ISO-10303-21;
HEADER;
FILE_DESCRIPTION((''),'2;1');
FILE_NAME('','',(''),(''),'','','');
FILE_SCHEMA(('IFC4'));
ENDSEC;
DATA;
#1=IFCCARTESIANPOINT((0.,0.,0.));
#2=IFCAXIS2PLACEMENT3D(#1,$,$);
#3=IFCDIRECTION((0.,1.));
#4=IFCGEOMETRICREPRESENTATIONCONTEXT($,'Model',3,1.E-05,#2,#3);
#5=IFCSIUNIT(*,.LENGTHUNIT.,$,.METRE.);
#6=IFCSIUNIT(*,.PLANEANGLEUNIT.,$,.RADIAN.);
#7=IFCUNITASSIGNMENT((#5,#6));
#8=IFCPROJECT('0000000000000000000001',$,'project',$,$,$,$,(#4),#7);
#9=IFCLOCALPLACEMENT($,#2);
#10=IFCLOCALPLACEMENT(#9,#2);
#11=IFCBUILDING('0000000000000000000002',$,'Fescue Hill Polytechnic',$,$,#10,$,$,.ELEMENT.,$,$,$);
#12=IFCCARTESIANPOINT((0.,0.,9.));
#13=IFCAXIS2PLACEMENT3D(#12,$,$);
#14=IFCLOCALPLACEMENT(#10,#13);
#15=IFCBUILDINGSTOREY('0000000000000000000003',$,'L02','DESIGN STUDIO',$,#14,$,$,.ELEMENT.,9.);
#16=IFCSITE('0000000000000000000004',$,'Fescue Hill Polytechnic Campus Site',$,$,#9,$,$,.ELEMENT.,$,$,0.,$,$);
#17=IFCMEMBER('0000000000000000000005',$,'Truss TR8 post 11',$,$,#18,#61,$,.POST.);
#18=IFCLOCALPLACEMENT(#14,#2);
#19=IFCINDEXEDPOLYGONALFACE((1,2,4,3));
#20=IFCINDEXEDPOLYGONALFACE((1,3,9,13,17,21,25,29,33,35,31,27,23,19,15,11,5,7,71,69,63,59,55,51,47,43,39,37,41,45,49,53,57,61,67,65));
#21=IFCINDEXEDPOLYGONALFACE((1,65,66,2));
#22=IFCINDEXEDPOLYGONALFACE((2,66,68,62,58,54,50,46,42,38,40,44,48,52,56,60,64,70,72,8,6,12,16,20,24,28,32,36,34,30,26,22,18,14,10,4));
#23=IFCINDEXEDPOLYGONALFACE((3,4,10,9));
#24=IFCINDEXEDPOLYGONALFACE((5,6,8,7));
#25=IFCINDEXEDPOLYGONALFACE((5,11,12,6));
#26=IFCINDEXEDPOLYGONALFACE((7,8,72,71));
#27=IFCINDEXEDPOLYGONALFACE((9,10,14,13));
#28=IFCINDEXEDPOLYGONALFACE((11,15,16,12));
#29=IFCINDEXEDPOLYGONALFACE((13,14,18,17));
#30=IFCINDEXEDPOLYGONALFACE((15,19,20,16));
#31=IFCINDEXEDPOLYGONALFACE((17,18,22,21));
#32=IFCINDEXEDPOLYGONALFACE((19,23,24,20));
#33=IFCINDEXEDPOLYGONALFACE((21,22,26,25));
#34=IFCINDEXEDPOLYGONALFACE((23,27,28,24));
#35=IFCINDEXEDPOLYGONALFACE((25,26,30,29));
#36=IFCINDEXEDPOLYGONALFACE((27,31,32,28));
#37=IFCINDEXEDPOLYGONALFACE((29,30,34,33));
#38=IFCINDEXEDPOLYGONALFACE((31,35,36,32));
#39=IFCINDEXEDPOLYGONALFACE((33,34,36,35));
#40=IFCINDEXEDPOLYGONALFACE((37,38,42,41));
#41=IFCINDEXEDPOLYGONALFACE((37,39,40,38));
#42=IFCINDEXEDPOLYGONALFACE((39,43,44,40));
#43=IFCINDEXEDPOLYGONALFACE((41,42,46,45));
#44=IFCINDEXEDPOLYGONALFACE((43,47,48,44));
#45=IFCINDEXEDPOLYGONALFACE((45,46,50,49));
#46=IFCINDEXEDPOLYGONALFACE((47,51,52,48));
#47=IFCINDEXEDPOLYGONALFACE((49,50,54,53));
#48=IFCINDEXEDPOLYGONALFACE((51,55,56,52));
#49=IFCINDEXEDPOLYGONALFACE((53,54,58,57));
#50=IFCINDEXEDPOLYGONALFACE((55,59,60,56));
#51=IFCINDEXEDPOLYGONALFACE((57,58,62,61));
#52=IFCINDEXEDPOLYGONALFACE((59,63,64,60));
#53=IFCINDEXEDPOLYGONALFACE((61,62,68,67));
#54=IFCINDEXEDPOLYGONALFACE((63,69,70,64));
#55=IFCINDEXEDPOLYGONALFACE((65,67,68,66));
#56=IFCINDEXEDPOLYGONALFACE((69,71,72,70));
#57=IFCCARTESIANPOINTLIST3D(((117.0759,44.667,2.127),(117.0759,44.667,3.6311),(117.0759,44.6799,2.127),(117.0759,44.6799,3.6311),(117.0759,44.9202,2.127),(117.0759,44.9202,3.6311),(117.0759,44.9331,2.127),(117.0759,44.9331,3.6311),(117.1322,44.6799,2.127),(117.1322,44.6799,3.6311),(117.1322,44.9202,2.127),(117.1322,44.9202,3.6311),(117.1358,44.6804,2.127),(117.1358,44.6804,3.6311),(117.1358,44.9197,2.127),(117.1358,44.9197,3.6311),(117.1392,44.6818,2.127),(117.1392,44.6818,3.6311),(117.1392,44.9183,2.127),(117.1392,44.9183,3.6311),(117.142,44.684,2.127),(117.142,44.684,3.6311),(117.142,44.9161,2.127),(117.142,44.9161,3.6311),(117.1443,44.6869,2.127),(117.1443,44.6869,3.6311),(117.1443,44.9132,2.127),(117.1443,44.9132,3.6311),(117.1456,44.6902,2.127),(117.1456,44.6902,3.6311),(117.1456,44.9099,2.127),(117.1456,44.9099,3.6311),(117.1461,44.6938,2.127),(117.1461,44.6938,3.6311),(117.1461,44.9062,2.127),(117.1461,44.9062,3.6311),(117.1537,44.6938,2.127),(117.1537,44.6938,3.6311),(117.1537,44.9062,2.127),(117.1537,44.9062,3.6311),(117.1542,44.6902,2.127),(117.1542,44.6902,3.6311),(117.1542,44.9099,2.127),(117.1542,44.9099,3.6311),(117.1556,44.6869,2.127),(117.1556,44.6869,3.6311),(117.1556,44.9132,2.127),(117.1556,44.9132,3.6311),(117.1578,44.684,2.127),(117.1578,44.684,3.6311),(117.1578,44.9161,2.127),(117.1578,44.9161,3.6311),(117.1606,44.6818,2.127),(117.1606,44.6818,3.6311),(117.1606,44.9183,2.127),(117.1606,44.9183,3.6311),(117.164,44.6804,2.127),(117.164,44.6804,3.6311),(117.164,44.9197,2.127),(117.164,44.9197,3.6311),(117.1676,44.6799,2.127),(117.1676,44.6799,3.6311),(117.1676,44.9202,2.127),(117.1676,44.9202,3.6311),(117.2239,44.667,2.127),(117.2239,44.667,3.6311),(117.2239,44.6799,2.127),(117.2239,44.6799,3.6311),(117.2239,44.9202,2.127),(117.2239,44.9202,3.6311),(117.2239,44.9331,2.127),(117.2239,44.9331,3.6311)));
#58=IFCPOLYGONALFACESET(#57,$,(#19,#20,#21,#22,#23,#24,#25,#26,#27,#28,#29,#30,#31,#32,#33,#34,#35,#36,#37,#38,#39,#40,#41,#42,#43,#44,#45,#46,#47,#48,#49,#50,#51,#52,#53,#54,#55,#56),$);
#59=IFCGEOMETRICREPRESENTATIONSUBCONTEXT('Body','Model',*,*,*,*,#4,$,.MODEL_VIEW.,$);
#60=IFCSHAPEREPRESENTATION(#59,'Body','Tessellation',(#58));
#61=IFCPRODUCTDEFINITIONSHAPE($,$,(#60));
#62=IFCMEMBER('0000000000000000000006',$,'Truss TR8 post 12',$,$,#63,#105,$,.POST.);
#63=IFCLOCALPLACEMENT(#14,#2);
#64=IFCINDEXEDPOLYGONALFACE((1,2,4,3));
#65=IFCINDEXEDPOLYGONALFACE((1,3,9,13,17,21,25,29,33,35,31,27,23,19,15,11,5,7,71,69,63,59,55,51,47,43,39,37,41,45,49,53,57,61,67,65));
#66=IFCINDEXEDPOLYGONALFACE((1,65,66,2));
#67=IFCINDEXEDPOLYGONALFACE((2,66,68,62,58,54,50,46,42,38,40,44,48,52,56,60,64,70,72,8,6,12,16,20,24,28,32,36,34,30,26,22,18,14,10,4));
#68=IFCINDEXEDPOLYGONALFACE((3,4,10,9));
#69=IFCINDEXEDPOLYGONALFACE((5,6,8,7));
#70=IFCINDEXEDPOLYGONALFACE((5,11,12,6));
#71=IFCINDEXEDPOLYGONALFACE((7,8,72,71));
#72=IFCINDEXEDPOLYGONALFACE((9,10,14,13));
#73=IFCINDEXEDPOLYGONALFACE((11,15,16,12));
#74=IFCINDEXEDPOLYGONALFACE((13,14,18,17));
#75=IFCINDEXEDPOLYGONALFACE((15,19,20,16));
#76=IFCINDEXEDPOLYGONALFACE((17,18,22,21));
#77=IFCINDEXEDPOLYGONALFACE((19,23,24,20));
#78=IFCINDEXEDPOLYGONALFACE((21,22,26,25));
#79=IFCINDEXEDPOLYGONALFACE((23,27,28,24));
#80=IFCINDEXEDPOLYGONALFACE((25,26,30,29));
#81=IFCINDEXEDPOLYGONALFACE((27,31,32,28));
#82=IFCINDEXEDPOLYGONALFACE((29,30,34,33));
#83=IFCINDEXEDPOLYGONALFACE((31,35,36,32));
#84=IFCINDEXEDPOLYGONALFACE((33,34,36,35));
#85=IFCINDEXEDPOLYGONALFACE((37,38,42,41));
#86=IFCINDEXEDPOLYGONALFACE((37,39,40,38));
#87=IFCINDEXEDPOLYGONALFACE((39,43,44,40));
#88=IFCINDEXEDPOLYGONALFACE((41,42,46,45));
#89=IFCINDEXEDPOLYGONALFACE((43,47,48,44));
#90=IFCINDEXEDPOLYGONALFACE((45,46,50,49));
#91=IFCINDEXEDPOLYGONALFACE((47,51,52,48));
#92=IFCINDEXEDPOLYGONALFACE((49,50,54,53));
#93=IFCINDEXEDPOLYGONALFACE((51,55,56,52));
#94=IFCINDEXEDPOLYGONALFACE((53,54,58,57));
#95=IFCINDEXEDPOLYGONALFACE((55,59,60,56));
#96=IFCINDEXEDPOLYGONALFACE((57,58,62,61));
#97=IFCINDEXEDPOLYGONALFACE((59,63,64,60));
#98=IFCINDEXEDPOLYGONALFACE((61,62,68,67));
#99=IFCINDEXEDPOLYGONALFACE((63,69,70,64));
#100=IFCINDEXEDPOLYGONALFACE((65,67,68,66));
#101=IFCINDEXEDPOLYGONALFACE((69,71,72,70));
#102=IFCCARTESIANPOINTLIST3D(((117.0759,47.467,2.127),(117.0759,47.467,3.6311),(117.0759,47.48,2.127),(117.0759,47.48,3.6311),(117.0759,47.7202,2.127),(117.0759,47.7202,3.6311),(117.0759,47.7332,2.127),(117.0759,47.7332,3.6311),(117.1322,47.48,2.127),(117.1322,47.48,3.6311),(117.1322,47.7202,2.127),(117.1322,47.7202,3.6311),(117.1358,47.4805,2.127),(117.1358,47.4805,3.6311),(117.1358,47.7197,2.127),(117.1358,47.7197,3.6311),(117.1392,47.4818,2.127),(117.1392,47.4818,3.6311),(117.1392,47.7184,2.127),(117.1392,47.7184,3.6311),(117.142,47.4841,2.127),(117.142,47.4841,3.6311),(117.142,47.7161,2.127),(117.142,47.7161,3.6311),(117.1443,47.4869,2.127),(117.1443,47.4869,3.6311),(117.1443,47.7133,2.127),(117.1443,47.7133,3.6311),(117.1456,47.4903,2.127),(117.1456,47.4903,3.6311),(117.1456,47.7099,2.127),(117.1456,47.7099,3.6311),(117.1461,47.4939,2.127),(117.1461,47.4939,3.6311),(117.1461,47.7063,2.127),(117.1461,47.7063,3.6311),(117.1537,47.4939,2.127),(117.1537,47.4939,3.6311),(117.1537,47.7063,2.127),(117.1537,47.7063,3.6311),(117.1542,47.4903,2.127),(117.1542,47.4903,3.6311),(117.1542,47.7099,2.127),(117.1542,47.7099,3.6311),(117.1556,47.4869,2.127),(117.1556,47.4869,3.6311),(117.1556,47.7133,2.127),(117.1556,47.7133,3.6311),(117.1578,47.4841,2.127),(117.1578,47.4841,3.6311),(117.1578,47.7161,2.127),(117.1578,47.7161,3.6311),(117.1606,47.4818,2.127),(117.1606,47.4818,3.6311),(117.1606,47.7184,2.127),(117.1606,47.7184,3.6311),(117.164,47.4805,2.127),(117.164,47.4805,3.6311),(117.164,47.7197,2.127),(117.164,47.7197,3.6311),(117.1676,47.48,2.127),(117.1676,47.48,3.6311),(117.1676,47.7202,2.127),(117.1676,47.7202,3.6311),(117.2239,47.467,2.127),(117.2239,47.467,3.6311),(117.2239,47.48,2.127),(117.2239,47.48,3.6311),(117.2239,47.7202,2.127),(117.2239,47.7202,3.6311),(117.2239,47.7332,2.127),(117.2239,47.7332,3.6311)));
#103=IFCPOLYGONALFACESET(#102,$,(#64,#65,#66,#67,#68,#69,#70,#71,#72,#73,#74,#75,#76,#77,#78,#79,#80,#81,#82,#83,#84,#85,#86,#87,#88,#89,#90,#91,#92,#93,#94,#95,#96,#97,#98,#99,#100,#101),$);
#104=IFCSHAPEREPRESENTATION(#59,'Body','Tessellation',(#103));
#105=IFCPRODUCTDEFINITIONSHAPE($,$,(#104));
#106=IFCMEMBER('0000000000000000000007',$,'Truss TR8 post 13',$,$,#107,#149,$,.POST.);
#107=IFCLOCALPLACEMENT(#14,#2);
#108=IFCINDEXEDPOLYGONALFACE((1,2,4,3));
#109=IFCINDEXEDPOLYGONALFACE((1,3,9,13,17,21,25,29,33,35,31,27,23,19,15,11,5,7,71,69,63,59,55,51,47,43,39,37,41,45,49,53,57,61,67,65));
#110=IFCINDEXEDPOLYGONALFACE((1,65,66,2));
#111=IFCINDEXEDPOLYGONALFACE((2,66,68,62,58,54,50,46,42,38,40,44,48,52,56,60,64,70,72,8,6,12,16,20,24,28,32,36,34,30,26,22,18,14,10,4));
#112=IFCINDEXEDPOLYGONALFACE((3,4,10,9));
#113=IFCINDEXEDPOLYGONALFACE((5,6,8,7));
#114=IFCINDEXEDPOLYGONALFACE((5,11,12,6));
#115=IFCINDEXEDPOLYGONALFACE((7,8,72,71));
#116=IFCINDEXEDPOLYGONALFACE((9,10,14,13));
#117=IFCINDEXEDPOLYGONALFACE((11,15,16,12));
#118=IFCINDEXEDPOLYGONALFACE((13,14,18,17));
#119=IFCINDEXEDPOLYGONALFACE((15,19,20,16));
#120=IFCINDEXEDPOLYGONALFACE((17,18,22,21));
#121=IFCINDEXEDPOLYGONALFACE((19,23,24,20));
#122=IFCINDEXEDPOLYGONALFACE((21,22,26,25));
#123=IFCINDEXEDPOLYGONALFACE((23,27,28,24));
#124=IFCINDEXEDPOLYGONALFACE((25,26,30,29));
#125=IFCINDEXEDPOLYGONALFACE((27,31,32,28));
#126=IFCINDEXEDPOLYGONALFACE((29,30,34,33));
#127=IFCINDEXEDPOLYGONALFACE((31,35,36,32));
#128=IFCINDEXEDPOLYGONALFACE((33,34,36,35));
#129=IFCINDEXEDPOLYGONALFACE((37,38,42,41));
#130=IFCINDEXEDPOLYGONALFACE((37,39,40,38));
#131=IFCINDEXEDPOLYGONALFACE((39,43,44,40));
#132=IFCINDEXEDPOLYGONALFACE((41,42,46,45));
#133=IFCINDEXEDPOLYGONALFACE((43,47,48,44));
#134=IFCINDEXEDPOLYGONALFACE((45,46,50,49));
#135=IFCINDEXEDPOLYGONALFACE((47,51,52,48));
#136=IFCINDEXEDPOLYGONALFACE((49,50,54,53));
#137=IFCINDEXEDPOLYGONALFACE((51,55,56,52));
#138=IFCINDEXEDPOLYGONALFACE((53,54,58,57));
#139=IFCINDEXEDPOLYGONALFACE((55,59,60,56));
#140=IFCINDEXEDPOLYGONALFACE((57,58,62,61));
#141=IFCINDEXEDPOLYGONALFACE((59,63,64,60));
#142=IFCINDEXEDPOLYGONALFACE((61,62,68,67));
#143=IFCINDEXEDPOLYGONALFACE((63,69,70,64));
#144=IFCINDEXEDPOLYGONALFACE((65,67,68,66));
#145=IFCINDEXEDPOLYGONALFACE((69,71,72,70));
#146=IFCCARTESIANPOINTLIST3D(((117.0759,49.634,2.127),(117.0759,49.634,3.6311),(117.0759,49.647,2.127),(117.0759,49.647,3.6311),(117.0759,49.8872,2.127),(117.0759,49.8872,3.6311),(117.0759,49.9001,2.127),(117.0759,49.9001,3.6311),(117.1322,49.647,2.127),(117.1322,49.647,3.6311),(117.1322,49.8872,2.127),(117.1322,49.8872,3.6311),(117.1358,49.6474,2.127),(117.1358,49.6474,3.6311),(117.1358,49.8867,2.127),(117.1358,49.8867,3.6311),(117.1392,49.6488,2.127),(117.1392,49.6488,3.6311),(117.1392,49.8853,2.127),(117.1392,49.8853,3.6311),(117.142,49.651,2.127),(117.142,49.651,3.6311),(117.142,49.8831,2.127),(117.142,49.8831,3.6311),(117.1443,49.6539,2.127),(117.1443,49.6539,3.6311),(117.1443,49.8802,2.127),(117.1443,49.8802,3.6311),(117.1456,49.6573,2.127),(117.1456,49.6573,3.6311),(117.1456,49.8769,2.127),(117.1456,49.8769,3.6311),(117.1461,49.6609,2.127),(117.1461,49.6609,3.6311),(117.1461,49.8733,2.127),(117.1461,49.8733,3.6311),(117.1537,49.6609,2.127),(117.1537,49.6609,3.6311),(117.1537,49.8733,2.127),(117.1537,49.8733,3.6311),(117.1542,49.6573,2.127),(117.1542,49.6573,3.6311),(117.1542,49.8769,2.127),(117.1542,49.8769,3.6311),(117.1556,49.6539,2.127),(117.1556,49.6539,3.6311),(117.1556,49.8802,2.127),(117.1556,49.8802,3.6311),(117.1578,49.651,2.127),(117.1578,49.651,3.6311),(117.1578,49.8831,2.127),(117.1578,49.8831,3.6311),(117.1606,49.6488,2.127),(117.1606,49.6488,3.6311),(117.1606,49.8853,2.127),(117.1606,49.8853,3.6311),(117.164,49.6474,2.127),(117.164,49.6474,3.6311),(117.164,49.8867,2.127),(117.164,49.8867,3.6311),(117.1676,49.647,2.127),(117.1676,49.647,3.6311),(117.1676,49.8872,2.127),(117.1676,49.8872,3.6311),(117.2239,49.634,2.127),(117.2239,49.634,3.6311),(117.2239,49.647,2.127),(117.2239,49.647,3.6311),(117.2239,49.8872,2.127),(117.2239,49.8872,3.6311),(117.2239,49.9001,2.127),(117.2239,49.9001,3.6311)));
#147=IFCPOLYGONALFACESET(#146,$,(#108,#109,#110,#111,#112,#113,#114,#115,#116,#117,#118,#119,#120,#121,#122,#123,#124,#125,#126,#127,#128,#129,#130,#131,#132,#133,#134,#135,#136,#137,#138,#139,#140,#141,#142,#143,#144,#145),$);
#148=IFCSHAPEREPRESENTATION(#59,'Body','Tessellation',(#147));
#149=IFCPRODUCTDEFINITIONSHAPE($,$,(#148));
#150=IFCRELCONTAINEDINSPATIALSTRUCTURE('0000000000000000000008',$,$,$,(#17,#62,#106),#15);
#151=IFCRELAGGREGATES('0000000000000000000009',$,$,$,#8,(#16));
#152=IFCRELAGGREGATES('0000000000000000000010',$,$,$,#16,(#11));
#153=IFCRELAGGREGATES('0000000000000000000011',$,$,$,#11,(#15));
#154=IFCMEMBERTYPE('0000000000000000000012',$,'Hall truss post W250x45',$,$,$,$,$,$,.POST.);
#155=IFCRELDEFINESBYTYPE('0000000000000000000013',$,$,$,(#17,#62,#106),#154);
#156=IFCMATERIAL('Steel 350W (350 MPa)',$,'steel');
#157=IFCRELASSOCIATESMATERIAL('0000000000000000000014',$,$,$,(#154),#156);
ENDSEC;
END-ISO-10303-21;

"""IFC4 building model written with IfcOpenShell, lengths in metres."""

from ifc_helpers import new_model, si_unit, direction, frame, origin, origin_2d, place, context, subcontext, project, spatial, i_section, extrude, material, material_profile, profile_set, type_object, element, save


model = new_model("IFC4")

# Units and contexts
model_context = context("Model", 3, precision=1e-05, world=origin(), true_north=direction((0.0, 1.0)))
body_context = subcontext(model_context, "Body", "Model", "MODEL_VIEW")
ifc_project = project(units=[si_unit("LENGTHUNIT", "METRE"), si_unit("PLANEANGLEUNIT", "RADIAN")], contexts=[model_context])

# Site, building, storey
site_placement = place(None, origin())
site = spatial("IfcSite", under=ifc_project, at=site_placement, Name="Fescue Hill Polytechnic Campus Site", CompositionType="ELEMENT", RefElevation=0.0)
building_placement = place(site_placement, origin())
building = spatial("IfcBuilding", under=site, at=building_placement, Name="Fescue Hill Polytechnic", CompositionType="ELEMENT")
storey_placement = place(building_placement, frame((0.0, 0.0, 9.0)))
storey = spatial("IfcBuildingStorey", under=building, at=storey_placement, Name="L02", Description="DESIGN STUDIO", CompositionType="ELEMENT", Elevation=9.0)

# Members
ifc_material_1 = material(Name="Steel 350W (350 MPa)", Category="steel")
ifc_material_profile_1 = material_profile(ifc_material_1, i_section(OverallWidth=0.1479, OverallDepth=0.2661, WebThickness=0.0076, FlangeThickness=0.0129, FilletRadius=0.0139, at=origin_2d()), Name="W250x45")
ifc_profile_set_1 = profile_set([ifc_material_profile_1], Name="Steel 350W (350 MPa)")
member_type_1 = type_object("IfcMemberType", Name="Hall truss post W250x45", PredefinedType="POST", material=ifc_profile_set_1)
for number, where, z_axis, x_axis, name in (
    (1, (117.1499, 44.8, 2.127), (0.0, 0.0, 1.0), (1.0, 0.0, 0.0), "Truss TR8 post 11"),
    (2, (117.1499, 47.6001, 2.127), (0.0, 0.0, 1.0), (1.0, 0.0, 0.0), "Truss TR8 post 12"),
    (3, (117.1499, 49.7671, 2.127), (0.0, 0.0, 1.0), (1.0, 0.0, 0.0), "Truss TR8 post 13"),
):
    element("IfcMember", number, at=place(storey_placement, frame(where, z_axis=z_axis, x_axis=x_axis)), inside=storey, type_object=member_type_1, Name=name, PredefinedType="POST", context=body_context, shape_type="SweptSolid", body=[
        extrude(i_section(OverallWidth=0.1479, OverallDepth=0.2661, WebThickness=0.0076, FlangeThickness=0.0129, FilletRadius=0.0139, at=origin_2d()), origin(), (0.0, 0.0, 1.0), 1.5042),
    ])

save(model, "model.ifc")
